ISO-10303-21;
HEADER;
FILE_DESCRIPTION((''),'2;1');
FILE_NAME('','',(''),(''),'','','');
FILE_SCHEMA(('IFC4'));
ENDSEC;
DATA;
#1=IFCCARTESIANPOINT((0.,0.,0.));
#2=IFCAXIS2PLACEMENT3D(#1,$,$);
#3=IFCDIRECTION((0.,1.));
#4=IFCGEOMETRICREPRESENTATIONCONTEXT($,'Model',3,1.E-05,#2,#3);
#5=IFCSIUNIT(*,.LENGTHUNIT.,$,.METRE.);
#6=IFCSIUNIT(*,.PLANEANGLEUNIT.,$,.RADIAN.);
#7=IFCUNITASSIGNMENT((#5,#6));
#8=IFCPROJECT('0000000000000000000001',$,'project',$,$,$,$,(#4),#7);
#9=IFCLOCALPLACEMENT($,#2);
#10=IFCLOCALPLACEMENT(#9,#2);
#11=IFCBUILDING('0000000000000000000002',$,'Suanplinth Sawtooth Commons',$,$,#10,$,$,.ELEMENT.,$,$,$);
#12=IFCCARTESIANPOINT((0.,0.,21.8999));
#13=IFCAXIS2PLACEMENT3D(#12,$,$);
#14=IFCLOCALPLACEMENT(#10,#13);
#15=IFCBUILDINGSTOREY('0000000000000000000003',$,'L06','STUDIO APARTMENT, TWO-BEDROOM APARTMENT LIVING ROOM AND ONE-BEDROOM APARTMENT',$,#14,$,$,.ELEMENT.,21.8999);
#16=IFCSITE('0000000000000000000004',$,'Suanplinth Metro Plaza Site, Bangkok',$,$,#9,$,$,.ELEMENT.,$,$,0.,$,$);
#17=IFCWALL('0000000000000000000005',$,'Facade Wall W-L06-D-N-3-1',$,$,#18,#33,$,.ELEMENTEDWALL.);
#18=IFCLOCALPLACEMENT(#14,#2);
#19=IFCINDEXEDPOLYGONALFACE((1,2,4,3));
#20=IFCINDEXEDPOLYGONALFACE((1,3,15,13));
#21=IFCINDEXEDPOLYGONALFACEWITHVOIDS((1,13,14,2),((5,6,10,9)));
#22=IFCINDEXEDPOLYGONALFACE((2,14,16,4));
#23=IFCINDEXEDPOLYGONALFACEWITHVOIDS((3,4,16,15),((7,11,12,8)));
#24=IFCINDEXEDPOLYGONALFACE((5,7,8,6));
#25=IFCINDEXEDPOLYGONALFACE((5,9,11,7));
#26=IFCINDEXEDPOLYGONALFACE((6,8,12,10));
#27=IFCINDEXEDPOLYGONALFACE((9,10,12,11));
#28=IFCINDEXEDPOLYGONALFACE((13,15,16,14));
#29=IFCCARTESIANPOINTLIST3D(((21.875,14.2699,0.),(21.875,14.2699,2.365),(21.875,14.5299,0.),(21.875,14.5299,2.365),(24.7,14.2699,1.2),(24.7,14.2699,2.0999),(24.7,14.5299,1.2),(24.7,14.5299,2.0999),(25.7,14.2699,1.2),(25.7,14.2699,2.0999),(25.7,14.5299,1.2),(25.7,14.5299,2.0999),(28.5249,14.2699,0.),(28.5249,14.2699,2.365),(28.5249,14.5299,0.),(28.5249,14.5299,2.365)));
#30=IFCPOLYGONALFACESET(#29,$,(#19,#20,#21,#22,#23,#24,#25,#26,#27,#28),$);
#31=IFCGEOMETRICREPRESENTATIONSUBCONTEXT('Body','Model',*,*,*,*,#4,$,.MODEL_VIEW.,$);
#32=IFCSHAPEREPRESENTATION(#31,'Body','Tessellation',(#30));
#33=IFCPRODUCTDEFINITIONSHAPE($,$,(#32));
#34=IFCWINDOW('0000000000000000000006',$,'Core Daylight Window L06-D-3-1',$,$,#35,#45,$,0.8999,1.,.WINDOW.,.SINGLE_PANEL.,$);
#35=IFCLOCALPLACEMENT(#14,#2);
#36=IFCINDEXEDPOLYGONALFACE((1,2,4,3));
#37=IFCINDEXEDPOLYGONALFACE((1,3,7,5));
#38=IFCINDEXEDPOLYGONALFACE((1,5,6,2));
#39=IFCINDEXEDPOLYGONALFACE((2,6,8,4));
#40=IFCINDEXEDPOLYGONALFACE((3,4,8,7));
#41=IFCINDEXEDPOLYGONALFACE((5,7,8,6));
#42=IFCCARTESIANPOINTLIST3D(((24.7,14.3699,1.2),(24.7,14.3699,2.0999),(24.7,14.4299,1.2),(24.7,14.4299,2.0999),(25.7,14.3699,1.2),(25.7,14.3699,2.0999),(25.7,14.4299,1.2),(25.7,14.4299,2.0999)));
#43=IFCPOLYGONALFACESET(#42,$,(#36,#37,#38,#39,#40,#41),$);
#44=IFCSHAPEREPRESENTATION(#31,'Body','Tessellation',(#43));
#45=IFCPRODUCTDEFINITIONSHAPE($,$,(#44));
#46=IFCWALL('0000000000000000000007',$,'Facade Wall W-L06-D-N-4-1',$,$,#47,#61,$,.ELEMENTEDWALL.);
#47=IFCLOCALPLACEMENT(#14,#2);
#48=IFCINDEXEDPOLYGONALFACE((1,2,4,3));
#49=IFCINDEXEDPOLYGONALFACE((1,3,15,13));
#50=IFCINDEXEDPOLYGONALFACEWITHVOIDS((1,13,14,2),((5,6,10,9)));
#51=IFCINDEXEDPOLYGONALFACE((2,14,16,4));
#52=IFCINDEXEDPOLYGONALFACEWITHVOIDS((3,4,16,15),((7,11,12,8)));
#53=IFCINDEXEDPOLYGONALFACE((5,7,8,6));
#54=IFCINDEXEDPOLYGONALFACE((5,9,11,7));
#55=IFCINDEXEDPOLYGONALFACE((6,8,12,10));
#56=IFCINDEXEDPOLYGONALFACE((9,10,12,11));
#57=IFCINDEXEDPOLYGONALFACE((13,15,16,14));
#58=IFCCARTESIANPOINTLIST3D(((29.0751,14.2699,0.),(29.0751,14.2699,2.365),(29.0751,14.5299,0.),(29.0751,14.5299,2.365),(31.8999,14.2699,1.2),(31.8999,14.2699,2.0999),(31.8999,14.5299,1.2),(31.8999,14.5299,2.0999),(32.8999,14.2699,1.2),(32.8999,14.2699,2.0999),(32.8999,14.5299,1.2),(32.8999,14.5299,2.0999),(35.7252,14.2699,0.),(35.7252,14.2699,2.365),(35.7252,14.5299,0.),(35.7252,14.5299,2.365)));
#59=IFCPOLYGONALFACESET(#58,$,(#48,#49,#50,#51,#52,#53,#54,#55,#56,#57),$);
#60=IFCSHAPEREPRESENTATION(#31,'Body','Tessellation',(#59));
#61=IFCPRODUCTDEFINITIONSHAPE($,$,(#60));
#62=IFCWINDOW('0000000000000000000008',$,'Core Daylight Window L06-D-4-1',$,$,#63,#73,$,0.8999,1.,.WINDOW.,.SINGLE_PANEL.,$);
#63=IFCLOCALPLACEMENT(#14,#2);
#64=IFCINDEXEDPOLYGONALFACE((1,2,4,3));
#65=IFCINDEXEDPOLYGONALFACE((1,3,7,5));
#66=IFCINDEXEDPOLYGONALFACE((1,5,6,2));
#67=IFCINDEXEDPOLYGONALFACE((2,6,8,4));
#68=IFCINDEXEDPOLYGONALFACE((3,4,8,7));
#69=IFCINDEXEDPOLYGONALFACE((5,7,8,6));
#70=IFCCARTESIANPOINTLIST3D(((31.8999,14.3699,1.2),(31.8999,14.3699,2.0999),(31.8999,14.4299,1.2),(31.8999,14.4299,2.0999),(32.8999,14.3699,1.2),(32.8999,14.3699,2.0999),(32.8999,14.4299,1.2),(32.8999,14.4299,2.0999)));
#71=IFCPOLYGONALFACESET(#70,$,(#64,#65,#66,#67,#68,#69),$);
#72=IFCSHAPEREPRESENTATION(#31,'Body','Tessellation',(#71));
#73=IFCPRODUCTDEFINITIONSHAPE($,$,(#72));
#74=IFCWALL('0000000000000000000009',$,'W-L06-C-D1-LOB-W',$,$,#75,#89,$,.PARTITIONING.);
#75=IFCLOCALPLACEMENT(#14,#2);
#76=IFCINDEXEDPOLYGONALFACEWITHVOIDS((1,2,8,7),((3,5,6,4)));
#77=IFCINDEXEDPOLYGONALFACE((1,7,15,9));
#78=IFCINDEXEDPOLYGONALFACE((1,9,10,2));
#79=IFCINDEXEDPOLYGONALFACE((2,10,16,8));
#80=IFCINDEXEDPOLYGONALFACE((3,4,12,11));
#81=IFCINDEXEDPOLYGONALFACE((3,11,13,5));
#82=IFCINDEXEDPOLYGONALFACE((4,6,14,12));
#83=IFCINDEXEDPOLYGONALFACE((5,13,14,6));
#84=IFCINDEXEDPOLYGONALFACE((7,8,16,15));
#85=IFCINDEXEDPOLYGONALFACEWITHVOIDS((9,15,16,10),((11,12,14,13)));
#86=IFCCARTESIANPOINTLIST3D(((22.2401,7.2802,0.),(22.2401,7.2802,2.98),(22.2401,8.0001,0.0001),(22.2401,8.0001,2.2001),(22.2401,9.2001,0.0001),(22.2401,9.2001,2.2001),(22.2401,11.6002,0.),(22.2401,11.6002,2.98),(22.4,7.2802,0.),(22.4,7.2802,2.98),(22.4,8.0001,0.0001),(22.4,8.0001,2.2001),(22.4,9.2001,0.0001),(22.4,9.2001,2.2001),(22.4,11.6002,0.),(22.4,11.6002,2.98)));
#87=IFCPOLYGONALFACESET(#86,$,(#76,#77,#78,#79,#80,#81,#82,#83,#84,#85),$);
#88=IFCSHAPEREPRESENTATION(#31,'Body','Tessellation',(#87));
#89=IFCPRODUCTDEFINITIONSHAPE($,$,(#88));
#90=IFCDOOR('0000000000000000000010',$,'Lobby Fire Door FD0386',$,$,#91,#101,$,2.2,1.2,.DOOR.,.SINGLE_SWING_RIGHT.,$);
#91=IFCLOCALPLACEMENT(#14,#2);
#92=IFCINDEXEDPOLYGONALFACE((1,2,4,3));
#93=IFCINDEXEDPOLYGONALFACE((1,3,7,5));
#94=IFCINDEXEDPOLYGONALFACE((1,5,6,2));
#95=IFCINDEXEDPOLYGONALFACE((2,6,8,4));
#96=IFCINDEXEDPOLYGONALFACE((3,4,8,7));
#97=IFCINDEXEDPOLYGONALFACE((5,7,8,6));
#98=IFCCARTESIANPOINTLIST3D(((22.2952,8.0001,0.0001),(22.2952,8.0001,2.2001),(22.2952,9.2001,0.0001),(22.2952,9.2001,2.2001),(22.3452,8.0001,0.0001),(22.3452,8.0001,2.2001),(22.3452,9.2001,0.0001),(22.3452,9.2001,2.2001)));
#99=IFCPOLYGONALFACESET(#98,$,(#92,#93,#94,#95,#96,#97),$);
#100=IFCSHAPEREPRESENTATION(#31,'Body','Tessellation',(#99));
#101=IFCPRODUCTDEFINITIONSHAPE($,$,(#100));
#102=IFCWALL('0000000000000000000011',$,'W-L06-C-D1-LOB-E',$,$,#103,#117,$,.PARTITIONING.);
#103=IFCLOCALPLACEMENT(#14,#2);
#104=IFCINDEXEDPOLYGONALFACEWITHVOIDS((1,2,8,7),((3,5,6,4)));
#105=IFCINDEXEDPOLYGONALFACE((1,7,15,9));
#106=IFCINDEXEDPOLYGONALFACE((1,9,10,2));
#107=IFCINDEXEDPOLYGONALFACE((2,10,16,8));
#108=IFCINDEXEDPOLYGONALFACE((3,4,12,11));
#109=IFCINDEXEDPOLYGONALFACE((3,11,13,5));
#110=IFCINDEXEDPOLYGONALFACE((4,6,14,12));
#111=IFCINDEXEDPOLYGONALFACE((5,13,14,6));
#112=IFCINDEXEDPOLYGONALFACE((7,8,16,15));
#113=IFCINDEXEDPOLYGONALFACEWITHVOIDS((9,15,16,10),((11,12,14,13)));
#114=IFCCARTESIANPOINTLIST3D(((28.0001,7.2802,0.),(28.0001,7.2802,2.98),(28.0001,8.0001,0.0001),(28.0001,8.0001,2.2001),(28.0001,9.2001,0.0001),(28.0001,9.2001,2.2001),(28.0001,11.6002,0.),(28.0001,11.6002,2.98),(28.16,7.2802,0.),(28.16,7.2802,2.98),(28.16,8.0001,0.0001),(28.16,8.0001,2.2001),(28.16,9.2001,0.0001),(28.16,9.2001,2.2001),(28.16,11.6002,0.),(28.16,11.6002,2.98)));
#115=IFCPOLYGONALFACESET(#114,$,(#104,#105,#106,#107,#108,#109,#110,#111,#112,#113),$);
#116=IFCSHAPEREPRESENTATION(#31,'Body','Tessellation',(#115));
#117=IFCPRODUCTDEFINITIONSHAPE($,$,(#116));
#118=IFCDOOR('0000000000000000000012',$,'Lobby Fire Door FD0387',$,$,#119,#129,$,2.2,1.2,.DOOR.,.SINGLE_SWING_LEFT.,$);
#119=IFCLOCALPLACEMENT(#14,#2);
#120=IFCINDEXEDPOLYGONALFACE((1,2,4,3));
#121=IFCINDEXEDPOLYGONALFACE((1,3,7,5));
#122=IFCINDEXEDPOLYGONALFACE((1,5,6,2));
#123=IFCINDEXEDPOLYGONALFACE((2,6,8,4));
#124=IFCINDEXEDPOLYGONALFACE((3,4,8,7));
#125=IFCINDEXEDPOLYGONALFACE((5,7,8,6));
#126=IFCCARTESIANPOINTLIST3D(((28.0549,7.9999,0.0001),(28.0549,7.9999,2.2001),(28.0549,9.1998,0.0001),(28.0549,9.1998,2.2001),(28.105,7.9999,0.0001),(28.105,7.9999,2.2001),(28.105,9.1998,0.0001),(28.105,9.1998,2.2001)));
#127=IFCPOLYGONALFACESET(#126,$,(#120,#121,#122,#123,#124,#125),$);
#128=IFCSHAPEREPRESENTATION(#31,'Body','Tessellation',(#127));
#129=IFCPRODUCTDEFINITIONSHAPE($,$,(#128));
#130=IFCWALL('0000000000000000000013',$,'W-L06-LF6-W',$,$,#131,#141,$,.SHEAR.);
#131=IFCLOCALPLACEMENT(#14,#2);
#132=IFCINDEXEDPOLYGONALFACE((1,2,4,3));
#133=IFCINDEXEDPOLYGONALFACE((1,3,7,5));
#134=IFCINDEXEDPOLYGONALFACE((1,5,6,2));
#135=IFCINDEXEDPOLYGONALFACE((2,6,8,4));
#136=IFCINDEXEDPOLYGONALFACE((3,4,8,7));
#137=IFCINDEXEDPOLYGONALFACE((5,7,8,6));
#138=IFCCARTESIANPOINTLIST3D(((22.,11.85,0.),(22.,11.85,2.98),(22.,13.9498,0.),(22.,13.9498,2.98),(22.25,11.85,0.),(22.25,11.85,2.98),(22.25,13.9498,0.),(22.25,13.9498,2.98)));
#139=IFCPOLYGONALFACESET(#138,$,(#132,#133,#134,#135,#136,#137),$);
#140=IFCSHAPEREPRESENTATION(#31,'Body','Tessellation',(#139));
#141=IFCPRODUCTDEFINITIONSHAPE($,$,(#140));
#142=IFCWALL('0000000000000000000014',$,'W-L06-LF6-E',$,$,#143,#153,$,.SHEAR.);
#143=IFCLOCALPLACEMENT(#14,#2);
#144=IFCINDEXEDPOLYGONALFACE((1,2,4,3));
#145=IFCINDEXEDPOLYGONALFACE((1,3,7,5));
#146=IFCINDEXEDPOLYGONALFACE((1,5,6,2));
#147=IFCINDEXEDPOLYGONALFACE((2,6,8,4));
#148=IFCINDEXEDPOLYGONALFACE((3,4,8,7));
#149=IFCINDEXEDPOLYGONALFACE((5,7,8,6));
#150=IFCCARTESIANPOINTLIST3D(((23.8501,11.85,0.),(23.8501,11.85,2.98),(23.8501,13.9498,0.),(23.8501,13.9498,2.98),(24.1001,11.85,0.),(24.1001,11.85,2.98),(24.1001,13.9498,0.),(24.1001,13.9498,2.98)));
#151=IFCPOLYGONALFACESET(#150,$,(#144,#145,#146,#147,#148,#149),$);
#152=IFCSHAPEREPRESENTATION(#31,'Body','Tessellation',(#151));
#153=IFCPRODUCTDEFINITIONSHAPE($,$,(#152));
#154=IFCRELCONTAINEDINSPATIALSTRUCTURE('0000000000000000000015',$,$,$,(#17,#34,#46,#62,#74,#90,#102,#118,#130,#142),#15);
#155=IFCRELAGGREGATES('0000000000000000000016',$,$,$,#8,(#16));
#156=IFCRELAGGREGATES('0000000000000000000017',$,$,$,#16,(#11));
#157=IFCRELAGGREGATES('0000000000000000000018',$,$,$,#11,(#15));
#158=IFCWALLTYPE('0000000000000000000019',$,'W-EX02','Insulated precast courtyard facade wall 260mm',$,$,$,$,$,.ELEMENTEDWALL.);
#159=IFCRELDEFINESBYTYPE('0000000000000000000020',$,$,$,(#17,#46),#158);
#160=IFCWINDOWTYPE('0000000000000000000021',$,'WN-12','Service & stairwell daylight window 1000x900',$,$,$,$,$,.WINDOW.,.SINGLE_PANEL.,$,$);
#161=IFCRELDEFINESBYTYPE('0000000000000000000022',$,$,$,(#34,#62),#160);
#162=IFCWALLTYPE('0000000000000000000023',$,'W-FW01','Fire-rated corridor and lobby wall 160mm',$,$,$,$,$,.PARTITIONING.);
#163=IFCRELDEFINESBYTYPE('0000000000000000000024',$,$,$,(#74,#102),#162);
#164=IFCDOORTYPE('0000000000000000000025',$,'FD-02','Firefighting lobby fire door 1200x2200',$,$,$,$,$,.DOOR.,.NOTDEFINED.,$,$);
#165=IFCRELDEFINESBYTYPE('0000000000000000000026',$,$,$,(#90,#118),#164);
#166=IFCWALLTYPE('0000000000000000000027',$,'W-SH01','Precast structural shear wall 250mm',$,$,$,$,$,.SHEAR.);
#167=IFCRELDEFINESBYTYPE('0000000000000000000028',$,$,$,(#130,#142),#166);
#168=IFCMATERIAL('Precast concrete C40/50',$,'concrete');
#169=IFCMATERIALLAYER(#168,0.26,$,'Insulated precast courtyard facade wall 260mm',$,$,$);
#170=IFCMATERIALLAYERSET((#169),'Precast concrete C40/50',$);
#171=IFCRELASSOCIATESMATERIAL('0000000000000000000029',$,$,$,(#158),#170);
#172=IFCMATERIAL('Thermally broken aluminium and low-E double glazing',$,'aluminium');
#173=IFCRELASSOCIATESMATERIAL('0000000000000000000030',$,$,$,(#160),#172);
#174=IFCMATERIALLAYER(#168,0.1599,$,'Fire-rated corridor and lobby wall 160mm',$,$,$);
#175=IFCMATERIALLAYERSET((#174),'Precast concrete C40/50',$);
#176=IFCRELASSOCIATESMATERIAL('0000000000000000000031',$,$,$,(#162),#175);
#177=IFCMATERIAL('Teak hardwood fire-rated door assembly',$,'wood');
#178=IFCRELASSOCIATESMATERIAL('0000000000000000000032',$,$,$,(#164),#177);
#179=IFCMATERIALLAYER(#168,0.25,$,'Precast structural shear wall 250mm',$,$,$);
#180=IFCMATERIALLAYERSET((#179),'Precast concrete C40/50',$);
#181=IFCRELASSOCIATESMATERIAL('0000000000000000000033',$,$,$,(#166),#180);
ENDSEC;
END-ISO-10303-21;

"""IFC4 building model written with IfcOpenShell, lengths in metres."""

from ifc_helpers import new_model, si_unit, direction, frame, frame_2d, origin, place, context, subcontext, project, spatial, rectangle, extrude, material, layer, layer_set, type_object, element, fill, save


model = new_model("IFC4")

# Units and contexts
model_context = context("Model", 3, precision=1e-05, world=origin(), true_north=direction((0.0, 1.0)))
body_context = subcontext(model_context, "Body", "Model", "MODEL_VIEW")
ifc_project = project(units=[si_unit("LENGTHUNIT", "METRE"), si_unit("PLANEANGLEUNIT", "RADIAN")], contexts=[model_context])

# Site, building, storey
site_placement = place(None, origin())
site = spatial("IfcSite", under=ifc_project, at=site_placement, Name="Suanplinth Metro Plaza Site, Bangkok", CompositionType="ELEMENT", RefElevation=0.0)
building_placement = place(site_placement, origin())
building = spatial("IfcBuilding", under=site, at=building_placement, Name="Suanplinth Sawtooth Commons", CompositionType="ELEMENT")
storey_placement = place(building_placement, frame((0.0, 0.0, 21.8999)))
storey = spatial("IfcBuildingStorey", under=building, at=storey_placement, Name="L06", Description="STUDIO APARTMENT, TWO-BEDROOM APARTMENT LIVING ROOM AND ONE-BEDROOM APARTMENT", CompositionType="ELEMENT", Elevation=21.8999)

# Shared definitions
ifc_material_1 = material(Name="Precast concrete C40/50", Category="concrete")

# Shared definitions
ifc_material_2 = material(Name="Teak hardwood fire-rated door assembly", Category="wood")

# Walls, openings, windows
ifc_layer_1 = layer(ifc_material_1, 0.26, Name="Insulated precast courtyard facade wall 260mm")
ifc_layer_set_1 = layer_set([ifc_layer_1], Name="Precast concrete C40/50")
wall_type_1 = type_object("IfcWallType", Name="W-EX02", Description="Insulated precast courtyard facade wall 260mm", PredefinedType="ELEMENTEDWALL", material=ifc_layer_set_1)
wall_1_placement = place(storey_placement, frame((21.875, 14.3999, 0.0), z_axis=(0.0, 0.0, 1.0), x_axis=(1.0, 0.0, 0.0)))
wall_1 = element("IfcWall", 1, at=wall_1_placement, inside=storey, type_object=wall_type_1, Name="Facade Wall W-L06-D-N-3-1", PredefinedType="ELEMENTEDWALL", context=body_context, shape_type="SweptSolid", body=[
    extrude(rectangle(XDim=6.6499, YDim=0.26, at=frame_2d((3.325, 0.0))), origin(), (0.0, 0.0, 1.0), 2.365),
])
opening_1_placement = place(wall_1_placement, frame((2.825, 0.0, 1.2)))
opening_1 = element("IfcOpeningElement", 2, at=opening_1_placement, cuts=wall_1, PredefinedType="OPENING", context=body_context, shape_type="SweptSolid", body=[
    extrude(rectangle(XDim=1.0, YDim=0.8999, at=frame_2d((0.5, 0.45))), frame((0.0, 0.145, 0.0), z_axis=(0.0, -1.0, 0.0), x_axis=(1.0, 0.0, 0.0)), (0.0, 0.0, 1.0), 0.2898),
])
ifc_material_3 = material(Name="Thermally broken aluminium and low-E double glazing", Category="aluminium")
window_type = type_object("IfcWindowType", Name="WN-12", Description="Service & stairwell daylight window 1000x900", PartitioningType="SINGLE_PANEL", PredefinedType="WINDOW", material=ifc_material_3)
window_1_placement = place(opening_1_placement, origin())
window_1 = element("IfcWindow", 3, at=window_1_placement, inside=storey, type_object=window_type, Name="Core Daylight Window L06-D-3-1", OverallHeight=0.8999, OverallWidth=1.0, PartitioningType="SINGLE_PANEL", PredefinedType="WINDOW", context=body_context, shape_type="SweptSolid", body=[
    extrude(rectangle(XDim=1.0, YDim=0.8999, at=frame_2d((0.5, 0.45))), frame((0.0, 0.03, 0.0), z_axis=(0.0, -1.0, 0.0), x_axis=(1.0, 0.0, 0.0)), (0.0, 0.0, 1.0), 0.0601),
])
fill(opening_1, window_1)
wall_2_placement = place(storey_placement, frame((29.075, 14.3999, 0.0), z_axis=(0.0, 0.0, 1.0), x_axis=(1.0, 0.0, 0.0)))
wall_2 = element("IfcWall", 4, at=wall_2_placement, inside=storey, type_object=wall_type_1, Name="Facade Wall W-L06-D-N-4-1", PredefinedType="ELEMENTEDWALL", context=body_context, shape_type="SweptSolid", body=[
    extrude(rectangle(XDim=6.6501, YDim=0.26, at=frame_2d((3.3252, 0.0))), origin(), (0.0, 0.0, 1.0), 2.365),
])
opening_2_placement = place(wall_2_placement, frame((2.825, 0.0, 1.2)))
opening_2 = element("IfcOpeningElement", 5, at=opening_2_placement, cuts=wall_2, PredefinedType="OPENING", context=body_context, shape_type="SweptSolid", body=[
    extrude(rectangle(XDim=1.0, YDim=0.8999, at=frame_2d((0.5, 0.45))), frame((0.0, 0.145, 0.0), z_axis=(0.0, -1.0, 0.0), x_axis=(1.0, 0.0, 0.0)), (0.0, 0.0, 1.0), 0.2898),
])
window_2_placement = place(opening_2_placement, origin())
window_2 = element("IfcWindow", 6, at=window_2_placement, inside=storey, type_object=window_type, Name="Core Daylight Window L06-D-4-1", OverallHeight=0.8999, OverallWidth=1.0, PartitioningType="SINGLE_PANEL", PredefinedType="WINDOW", context=body_context, shape_type="SweptSolid", body=[
    extrude(rectangle(XDim=1.0, YDim=0.8999, at=frame_2d((0.5, 0.45))), frame((0.0, 0.03, 0.0), z_axis=(0.0, -1.0, 0.0), x_axis=(1.0, 0.0, 0.0)), (0.0, 0.0, 1.0), 0.0601),
])
fill(opening_2, window_2)

# Walls, openings, doors
ifc_layer_2 = layer(ifc_material_1, 0.1599, Name="Fire-rated corridor and lobby wall 160mm")
ifc_layer_set_2 = layer_set([ifc_layer_2], Name="Precast concrete C40/50")
wall_type_2 = type_object("IfcWallType", Name="W-FW01", Description="Fire-rated corridor and lobby wall 160mm", PredefinedType="PARTITIONING", material=ifc_layer_set_2)
wall_3_placement = place(storey_placement, frame((22.3201, 7.28, 0.0), z_axis=(0.0, 0.0, 1.0), x_axis=(0.0, 1.0, 0.0)))
wall_3 = element("IfcWall", 7, at=wall_3_placement, inside=storey, type_object=wall_type_2, Name="W-L06-C-D1-LOB-W", PredefinedType="PARTITIONING", context=body_context, shape_type="SweptSolid", body=[
    extrude(rectangle(XDim=4.3201, YDim=0.1599, at=frame_2d((2.1602, 0.0))), origin(), (0.0, 0.0, 1.0), 2.98),
])
opening_3_placement = place(wall_3_placement, frame((0.72, 0.0, 0.0)))
opening_3 = element("IfcOpeningElement", 8, at=opening_3_placement, cuts=wall_3, PredefinedType="OPENING", context=body_context, shape_type="SweptSolid", body=[
    extrude(rectangle(XDim=1.2, YDim=2.2, at=frame_2d((0.6001, 1.1001))), frame((0.0, 0.0947, 0.0), z_axis=(0.0, -1.0, 0.0), x_axis=(1.0, 0.0, 0.0)), (0.0, 0.0, 1.0), 0.1897),
])
door_type_1 = type_object("IfcDoorType", Name="FD-02", Description="Firefighting lobby fire door 1200x2200", OperationType="NOTDEFINED", PredefinedType="DOOR", material=ifc_material_2)
door_1_placement = place(opening_3_placement, origin())
door_1 = element("IfcDoor", 9, at=door_1_placement, inside=storey, type_object=door_type_1, Name="Lobby Fire Door FD0386", OperationType="SINGLE_SWING_RIGHT", OverallHeight=2.2, OverallWidth=1.2, PredefinedType="DOOR", context=body_context, shape_type="SweptSolid", body=[
    extrude(rectangle(XDim=1.2, YDim=2.2, at=frame_2d((0.6001, 1.1001))), frame((0.0, 0.0249, 0.0), z_axis=(0.0, -1.0, 0.0), x_axis=(1.0, 0.0, 0.0)), (0.0, 0.0, 1.0), 0.05),
])
fill(opening_3, door_1)
wall_4_placement = place(storey_placement, frame((28.0801, 7.28, 0.0), z_axis=(0.0, 0.0, 1.0), x_axis=(0.0, 1.0, 0.0)))
wall_4 = element("IfcWall", 10, at=wall_4_placement, inside=storey, type_object=wall_type_2, Name="W-L06-C-D1-LOB-E", PredefinedType="PARTITIONING", context=body_context, shape_type="SweptSolid", body=[
    extrude(rectangle(XDim=4.3201, YDim=0.1599, at=frame_2d((2.1602, 0.0))), origin(), (0.0, 0.0, 1.0), 2.98),
])
opening_4_placement = place(wall_4_placement, frame((0.72, 0.0, 0.0)))
opening_4 = element("IfcOpeningElement", 11, at=opening_4_placement, cuts=wall_4, PredefinedType="OPENING", context=body_context, shape_type="SweptSolid", body=[
    extrude(rectangle(XDim=1.2, YDim=2.2, at=frame_2d((0.6001, 1.1001))), frame((0.0, 0.0947, 0.0), z_axis=(0.0, -1.0, 0.0), x_axis=(1.0, 0.0, 0.0)), (0.0, 0.0, 1.0), 0.1897),
])
door_2_placement = place(opening_4_placement, frame((1.2, 0.0, 0.0), z_axis=(0.0, 0.0, 1.0), x_axis=(-1.0, 0.0, 0.0)))
door_2 = element("IfcDoor", 12, at=door_2_placement, inside=storey, type_object=door_type_1, Name="Lobby Fire Door FD0387", OperationType="SINGLE_SWING_LEFT", OverallHeight=2.2, OverallWidth=1.2, PredefinedType="DOOR", context=body_context, shape_type="SweptSolid", body=[
    extrude(rectangle(XDim=1.2, YDim=2.2, at=frame_2d((0.6001, 1.1001))), frame((0.0, 0.0249, 0.0), z_axis=(0.0, -1.0, 0.0), x_axis=(1.0, 0.0, 0.0)), (0.0, 0.0, 1.0), 0.05),
])
fill(opening_4, door_2)

# Walls
ifc_layer_3 = layer(ifc_material_1, 0.25, Name="Precast structural shear wall 250mm")
ifc_layer_set_3 = layer_set([ifc_layer_3], Name="Precast concrete C40/50")
wall_type_3 = type_object("IfcWallType", Name="W-SH01", Description="Precast structural shear wall 250mm", PredefinedType="SHEAR", material=ifc_layer_set_3)
for number, where, z_axis, x_axis, name in (
    (13, (22.125, 11.8501, 0.0), (0.0, 0.0, 1.0), (0.0, 1.0, 0.0), "W-L06-LF6-W"),
    (14, (23.9751, 11.8501, 0.0), (0.0, 0.0, 1.0), (0.0, 1.0, 0.0), "W-L06-LF6-E"),
):
    element("IfcWall", number, at=place(storey_placement, frame(where, z_axis=z_axis, x_axis=x_axis)), inside=storey, type_object=wall_type_3, Name=name, PredefinedType="SHEAR", context=body_context, shape_type="SweptSolid", body=[
        extrude(rectangle(XDim=2.0999, YDim=0.25, at=frame_2d((1.0498, 0.0))), origin(), (0.0, 0.0, 1.0), 2.98),
    ])

save(model, "model.ifc")
